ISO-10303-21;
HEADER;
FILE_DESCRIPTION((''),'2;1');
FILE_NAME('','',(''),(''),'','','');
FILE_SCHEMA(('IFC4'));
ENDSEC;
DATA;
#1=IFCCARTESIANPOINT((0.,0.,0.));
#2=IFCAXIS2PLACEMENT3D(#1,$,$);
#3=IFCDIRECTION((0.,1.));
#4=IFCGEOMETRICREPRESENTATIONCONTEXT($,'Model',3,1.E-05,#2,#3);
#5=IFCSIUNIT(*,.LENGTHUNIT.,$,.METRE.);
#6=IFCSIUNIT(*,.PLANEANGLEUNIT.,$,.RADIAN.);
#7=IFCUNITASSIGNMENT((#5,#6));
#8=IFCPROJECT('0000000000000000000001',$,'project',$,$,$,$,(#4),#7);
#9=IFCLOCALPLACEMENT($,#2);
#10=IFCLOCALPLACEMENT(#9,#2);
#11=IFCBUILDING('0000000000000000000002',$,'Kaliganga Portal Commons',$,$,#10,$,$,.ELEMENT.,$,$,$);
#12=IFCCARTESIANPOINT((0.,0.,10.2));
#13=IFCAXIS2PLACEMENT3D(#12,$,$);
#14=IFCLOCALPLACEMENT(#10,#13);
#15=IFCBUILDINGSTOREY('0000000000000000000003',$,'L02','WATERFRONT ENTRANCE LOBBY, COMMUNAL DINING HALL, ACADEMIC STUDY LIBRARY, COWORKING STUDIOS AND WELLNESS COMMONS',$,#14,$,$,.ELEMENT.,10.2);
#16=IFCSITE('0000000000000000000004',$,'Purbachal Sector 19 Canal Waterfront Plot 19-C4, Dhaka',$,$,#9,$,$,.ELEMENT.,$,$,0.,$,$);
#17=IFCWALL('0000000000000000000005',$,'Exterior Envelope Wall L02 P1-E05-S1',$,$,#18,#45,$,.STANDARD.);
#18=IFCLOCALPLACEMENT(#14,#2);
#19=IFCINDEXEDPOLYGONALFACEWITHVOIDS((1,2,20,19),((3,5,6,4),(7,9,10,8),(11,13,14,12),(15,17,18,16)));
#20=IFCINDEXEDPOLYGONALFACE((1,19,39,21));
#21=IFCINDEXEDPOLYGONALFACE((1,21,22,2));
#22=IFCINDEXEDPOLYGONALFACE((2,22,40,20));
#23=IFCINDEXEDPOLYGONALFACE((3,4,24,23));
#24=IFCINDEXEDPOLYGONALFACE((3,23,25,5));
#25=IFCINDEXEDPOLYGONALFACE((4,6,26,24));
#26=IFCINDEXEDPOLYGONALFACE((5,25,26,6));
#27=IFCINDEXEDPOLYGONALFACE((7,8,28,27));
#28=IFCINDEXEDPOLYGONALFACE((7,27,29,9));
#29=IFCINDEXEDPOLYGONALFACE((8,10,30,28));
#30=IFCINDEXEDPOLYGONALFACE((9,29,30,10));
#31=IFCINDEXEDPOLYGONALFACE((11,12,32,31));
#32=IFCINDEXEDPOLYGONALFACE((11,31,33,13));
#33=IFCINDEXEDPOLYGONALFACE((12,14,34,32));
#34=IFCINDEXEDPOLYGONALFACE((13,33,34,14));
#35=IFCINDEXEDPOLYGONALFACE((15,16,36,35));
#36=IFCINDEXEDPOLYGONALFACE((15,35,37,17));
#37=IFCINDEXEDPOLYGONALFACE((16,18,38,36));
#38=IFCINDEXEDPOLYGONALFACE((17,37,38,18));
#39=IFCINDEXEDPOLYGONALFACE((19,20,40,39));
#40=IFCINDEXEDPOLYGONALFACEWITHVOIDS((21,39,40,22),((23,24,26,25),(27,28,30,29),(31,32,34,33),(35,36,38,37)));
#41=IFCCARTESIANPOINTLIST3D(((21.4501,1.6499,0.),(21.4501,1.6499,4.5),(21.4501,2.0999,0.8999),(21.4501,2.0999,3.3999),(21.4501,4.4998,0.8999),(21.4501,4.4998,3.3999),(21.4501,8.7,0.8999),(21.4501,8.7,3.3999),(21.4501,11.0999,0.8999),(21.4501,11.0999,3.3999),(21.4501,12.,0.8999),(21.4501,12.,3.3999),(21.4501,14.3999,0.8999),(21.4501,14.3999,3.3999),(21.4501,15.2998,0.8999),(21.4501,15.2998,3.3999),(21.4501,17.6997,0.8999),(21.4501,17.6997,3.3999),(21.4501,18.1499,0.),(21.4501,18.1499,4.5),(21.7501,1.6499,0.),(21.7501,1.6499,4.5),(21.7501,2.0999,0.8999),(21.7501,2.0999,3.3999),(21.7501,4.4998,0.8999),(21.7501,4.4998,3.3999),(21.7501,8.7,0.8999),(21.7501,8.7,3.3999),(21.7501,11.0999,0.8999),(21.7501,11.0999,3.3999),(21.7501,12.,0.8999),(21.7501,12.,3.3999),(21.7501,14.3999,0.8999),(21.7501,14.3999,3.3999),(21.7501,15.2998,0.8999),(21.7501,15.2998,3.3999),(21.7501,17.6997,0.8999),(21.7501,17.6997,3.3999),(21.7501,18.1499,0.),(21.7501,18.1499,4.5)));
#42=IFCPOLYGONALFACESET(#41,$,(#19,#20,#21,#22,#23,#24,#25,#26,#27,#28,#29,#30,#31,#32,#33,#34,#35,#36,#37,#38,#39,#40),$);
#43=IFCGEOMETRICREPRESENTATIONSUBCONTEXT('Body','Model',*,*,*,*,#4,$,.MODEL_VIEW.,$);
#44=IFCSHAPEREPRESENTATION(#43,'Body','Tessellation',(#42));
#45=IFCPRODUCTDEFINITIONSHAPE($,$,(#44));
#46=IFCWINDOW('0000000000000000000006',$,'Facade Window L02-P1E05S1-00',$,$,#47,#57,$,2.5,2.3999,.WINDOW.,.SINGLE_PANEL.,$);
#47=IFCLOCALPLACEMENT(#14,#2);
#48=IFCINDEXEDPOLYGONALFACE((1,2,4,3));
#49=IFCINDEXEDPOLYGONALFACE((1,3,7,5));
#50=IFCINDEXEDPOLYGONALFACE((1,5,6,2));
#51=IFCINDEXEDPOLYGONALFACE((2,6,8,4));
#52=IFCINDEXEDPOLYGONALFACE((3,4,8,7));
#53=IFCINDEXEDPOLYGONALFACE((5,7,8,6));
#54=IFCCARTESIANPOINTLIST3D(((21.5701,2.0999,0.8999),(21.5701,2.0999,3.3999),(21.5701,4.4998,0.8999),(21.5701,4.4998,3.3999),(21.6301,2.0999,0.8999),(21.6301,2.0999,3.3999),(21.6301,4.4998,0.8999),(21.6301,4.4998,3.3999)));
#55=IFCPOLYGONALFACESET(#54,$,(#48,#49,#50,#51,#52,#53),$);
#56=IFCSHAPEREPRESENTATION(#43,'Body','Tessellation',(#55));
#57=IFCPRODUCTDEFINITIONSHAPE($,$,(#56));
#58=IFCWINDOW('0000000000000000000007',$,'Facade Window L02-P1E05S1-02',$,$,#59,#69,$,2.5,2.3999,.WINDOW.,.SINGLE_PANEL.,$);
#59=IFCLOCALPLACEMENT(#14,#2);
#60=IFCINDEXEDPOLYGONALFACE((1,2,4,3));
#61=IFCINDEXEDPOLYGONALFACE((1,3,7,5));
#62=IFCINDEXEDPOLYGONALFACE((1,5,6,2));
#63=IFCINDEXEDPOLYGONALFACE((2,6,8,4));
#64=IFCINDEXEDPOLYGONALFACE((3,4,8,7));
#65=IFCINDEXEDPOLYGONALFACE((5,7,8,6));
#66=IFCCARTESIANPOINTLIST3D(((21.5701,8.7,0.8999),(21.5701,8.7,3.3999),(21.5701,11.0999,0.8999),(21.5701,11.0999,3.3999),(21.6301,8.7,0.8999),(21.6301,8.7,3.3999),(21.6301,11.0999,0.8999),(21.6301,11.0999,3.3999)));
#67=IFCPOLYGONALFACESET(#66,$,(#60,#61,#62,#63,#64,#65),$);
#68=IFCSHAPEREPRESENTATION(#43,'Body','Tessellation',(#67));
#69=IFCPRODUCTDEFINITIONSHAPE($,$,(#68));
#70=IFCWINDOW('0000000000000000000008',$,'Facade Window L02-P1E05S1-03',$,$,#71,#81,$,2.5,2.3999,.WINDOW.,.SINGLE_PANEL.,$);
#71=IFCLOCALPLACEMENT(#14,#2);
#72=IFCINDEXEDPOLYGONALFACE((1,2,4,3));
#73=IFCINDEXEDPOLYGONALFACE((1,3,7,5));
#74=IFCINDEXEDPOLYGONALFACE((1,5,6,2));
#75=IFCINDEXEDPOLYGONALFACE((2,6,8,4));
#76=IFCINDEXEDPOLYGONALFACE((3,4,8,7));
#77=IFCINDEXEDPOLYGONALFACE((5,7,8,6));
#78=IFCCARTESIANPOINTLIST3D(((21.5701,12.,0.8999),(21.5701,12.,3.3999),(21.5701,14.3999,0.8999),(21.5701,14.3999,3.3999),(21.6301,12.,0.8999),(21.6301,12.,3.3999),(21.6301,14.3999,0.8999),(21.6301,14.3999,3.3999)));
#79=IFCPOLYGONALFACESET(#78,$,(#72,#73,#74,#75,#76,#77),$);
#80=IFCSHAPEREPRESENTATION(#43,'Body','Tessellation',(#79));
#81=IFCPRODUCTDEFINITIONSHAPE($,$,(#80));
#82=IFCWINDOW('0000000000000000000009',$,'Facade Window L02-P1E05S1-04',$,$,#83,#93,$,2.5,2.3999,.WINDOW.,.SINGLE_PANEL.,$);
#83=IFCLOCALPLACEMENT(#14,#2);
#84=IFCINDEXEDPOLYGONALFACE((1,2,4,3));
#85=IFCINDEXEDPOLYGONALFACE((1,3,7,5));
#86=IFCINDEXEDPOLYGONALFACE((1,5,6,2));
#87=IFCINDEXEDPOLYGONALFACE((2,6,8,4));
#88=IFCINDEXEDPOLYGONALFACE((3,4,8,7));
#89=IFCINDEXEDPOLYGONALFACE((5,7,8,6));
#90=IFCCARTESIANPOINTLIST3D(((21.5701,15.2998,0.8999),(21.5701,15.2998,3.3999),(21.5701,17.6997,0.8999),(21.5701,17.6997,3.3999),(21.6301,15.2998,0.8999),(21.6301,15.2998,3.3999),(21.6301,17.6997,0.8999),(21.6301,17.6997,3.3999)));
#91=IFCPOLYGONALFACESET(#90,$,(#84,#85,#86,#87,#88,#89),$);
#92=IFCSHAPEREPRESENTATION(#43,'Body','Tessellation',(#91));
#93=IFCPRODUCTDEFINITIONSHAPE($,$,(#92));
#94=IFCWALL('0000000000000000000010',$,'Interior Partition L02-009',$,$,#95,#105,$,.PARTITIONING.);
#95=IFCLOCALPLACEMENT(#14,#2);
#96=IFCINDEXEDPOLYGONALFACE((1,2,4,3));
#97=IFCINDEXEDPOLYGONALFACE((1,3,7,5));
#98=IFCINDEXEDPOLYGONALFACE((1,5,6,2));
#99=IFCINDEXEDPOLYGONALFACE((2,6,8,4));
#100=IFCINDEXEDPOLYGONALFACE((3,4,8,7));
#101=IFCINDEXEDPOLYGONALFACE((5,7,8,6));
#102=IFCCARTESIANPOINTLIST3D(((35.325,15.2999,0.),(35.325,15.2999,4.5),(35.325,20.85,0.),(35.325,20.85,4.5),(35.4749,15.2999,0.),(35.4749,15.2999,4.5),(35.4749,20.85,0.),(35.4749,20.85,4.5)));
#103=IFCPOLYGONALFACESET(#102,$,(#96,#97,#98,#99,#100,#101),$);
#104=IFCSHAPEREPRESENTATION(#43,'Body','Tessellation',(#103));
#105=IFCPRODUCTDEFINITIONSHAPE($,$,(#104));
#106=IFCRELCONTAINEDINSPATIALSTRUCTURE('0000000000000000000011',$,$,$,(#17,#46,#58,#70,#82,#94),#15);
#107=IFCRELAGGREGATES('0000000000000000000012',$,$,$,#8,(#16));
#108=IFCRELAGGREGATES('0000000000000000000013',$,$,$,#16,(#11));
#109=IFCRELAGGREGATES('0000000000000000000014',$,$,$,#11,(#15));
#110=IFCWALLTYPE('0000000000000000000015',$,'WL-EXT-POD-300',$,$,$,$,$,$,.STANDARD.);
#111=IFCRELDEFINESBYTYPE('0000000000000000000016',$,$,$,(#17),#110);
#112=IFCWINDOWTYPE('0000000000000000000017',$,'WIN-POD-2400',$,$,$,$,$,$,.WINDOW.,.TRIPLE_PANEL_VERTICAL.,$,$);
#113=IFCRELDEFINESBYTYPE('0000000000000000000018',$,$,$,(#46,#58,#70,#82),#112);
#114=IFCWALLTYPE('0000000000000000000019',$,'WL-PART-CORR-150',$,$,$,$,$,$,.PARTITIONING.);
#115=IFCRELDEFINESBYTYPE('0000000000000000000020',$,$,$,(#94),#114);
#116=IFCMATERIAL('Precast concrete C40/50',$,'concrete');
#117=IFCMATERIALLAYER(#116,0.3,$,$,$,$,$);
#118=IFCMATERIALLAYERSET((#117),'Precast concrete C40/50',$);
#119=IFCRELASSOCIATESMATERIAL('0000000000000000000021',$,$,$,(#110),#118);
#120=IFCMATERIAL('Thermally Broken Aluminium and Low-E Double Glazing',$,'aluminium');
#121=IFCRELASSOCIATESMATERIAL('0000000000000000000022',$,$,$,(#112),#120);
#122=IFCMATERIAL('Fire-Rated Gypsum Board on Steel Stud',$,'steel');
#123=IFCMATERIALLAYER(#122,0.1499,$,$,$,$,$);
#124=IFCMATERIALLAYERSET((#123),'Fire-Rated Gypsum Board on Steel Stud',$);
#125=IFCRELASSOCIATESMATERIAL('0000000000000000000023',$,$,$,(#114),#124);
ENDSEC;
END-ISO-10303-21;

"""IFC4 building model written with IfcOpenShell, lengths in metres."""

from ifc_helpers import new_model, si_unit, direction, frame, frame_2d, origin, place, context, subcontext, project, spatial, rectangle, extrude, material, layer, layer_set, type_object, element, fill, save


model = new_model("IFC4")

# Units and contexts
model_context = context("Model", 3, precision=1e-05, world=origin(), true_north=direction((0.0, 1.0)))
body_context = subcontext(model_context, "Body", "Model", "MODEL_VIEW")
ifc_project = project(units=[si_unit("LENGTHUNIT", "METRE"), si_unit("PLANEANGLEUNIT", "RADIAN")], contexts=[model_context])

# Site, building, storey
site_placement = place(None, origin())
site = spatial("IfcSite", under=ifc_project, at=site_placement, Name="Purbachal Sector 19 Canal Waterfront Plot 19-C4, Dhaka", CompositionType="ELEMENT", RefElevation=0.0)
building_placement = place(site_placement, origin())
building = spatial("IfcBuilding", under=site, at=building_placement, Name="Kaliganga Portal Commons", CompositionType="ELEMENT")
storey_placement = place(building_placement, frame((0.0, 0.0, 10.2)))
storey = spatial("IfcBuildingStorey", under=building, at=storey_placement, Name="L02", Description="WATERFRONT ENTRANCE LOBBY, COMMUNAL DINING HALL, ACADEMIC STUDY LIBRARY, COWORKING STUDIOS AND WELLNESS COMMONS", CompositionType="ELEMENT", Elevation=10.2)

# Shared definitions
ifc_material_1 = material(Name="Precast concrete C40/50", Category="concrete")
ifc_layer_1 = layer(ifc_material_1, 0.3)
ifc_layer_set_1 = layer_set([ifc_layer_1], Name="Precast concrete C40/50")
wall_type_1 = type_object("IfcWallType", Name="WL-EXT-POD-300", PredefinedType="STANDARD", material=ifc_layer_set_1)

# Shared definitions
ifc_material_2 = material(Name="Thermally Broken Aluminium and Low-E Double Glazing", Category="aluminium")
window_type = type_object("IfcWindowType", Name="WIN-POD-2400", PartitioningType="TRIPLE_PANEL_VERTICAL", PredefinedType="WINDOW", material=ifc_material_2)

# Wall, openings, windows
wall_1_placement = place(storey_placement, frame((21.6001, 1.6499, 0.0), z_axis=(0.0, 0.0, 1.0), x_axis=(0.0, 1.0, 0.0)))
wall_1 = element("IfcWall", 1, at=wall_1_placement, inside=storey, type_object=wall_type_1, Name="Exterior Envelope Wall L02 P1-E05-S1", PredefinedType="STANDARD", context=body_context, shape_type="SweptSolid", body=[
    extrude(rectangle(XDim=16.5, YDim=0.3, at=frame_2d((8.25, 0.0))), origin(), (0.0, 0.0, 1.0), 4.5),
])
opening_1_placement = place(wall_1_placement, frame((0.45, 0.0, 0.8999)))
opening_1 = element("IfcOpeningElement", 2, at=opening_1_placement, cuts=wall_1, PredefinedType="OPENING", context=body_context, shape_type="SweptSolid", body=[
    extrude(rectangle(XDim=2.3999, YDim=2.5, at=frame_2d((1.2, 1.25))), frame((0.0, 0.1602, 0.0), z_axis=(0.0, -1.0, 0.0), x_axis=(1.0, 0.0, 0.0)), (0.0, 0.0, 1.0), 0.3201),
])
opening_2_placement = place(wall_1_placement, frame((7.05, 0.0, 0.8999)))
opening_2 = element("IfcOpeningElement", 3, at=opening_2_placement, cuts=wall_1, PredefinedType="OPENING", context=body_context, shape_type="SweptSolid", body=[
    extrude(rectangle(XDim=2.3999, YDim=2.5, at=frame_2d((1.2, 1.25))), frame((0.0, 0.1602, 0.0), z_axis=(0.0, -1.0, 0.0), x_axis=(1.0, 0.0, 0.0)), (0.0, 0.0, 1.0), 0.3201),
])
opening_3_placement = place(wall_1_placement, frame((10.3501, 0.0, 0.8999)))
opening_3 = element("IfcOpeningElement", 4, at=opening_3_placement, cuts=wall_1, PredefinedType="OPENING", context=body_context, shape_type="SweptSolid", body=[
    extrude(rectangle(XDim=2.3999, YDim=2.5, at=frame_2d((1.2, 1.25))), frame((0.0, 0.1602, 0.0), z_axis=(0.0, -1.0, 0.0), x_axis=(1.0, 0.0, 0.0)), (0.0, 0.0, 1.0), 0.3201),
])
opening_4_placement = place(wall_1_placement, frame((13.6499, 0.0, 0.8999)))
opening_4 = element("IfcOpeningElement", 5, at=opening_4_placement, cuts=wall_1, PredefinedType="OPENING", context=body_context, shape_type="SweptSolid", body=[
    extrude(rectangle(XDim=2.3999, YDim=2.5, at=frame_2d((1.2, 1.25))), frame((0.0, 0.1602, 0.0), z_axis=(0.0, -1.0, 0.0), x_axis=(1.0, 0.0, 0.0)), (0.0, 0.0, 1.0), 0.3201),
])
window_1_placement = place(opening_1_placement, origin())
window_1 = element("IfcWindow", 6, at=window_1_placement, inside=storey, type_object=window_type, Name="Facade Window L02-P1E05S1-00", OverallHeight=2.5, OverallWidth=2.3999, PartitioningType="SINGLE_PANEL", PredefinedType="WINDOW", context=body_context, shape_type="SweptSolid", body=[
    extrude(rectangle(XDim=2.3999, YDim=2.5, at=frame_2d((1.2, 1.25))), frame((0.0, 0.03, 0.0), z_axis=(0.0, -1.0, 0.0), x_axis=(1.0, 0.0, 0.0)), (0.0, 0.0, 1.0), 0.0601),
])
fill(opening_1, window_1)
window_2_placement = place(opening_2_placement, origin())
window_2 = element("IfcWindow", 7, at=window_2_placement, inside=storey, type_object=window_type, Name="Facade Window L02-P1E05S1-02", OverallHeight=2.5, OverallWidth=2.3999, PartitioningType="SINGLE_PANEL", PredefinedType="WINDOW", context=body_context, shape_type="SweptSolid", body=[
    extrude(rectangle(XDim=2.3999, YDim=2.5, at=frame_2d((1.2, 1.25))), frame((0.0, 0.03, 0.0), z_axis=(0.0, -1.0, 0.0), x_axis=(1.0, 0.0, 0.0)), (0.0, 0.0, 1.0), 0.0601),
])
fill(opening_2, window_2)
window_3_placement = place(opening_3_placement, origin())
window_3 = element("IfcWindow", 8, at=window_3_placement, inside=storey, type_object=window_type, Name="Facade Window L02-P1E05S1-03", OverallHeight=2.5, OverallWidth=2.3999, PartitioningType="SINGLE_PANEL", PredefinedType="WINDOW", context=body_context, shape_type="SweptSolid", body=[
    extrude(rectangle(XDim=2.3999, YDim=2.5, at=frame_2d((1.2, 1.25))), frame((0.0, 0.03, 0.0), z_axis=(0.0, -1.0, 0.0), x_axis=(1.0, 0.0, 0.0)), (0.0, 0.0, 1.0), 0.0601),
])
fill(opening_3, window_3)
window_4_placement = place(opening_4_placement, origin())
window_4 = element("IfcWindow", 9, at=window_4_placement, inside=storey, type_object=window_type, Name="Facade Window L02-P1E05S1-04", OverallHeight=2.5, OverallWidth=2.3999, PartitioningType="SINGLE_PANEL", PredefinedType="WINDOW", context=body_context, shape_type="SweptSolid", body=[
    extrude(rectangle(XDim=2.3999, YDim=2.5, at=frame_2d((1.2, 1.25))), frame((0.0, 0.03, 0.0), z_axis=(0.0, -1.0, 0.0), x_axis=(1.0, 0.0, 0.0)), (0.0, 0.0, 1.0), 0.0601),
])
fill(opening_4, window_4)

# Wall
ifc_material_3 = material(Name="Fire-Rated Gypsum Board on Steel Stud", Category="steel")
ifc_layer_2 = layer(ifc_material_3, 0.1499)
ifc_layer_set_2 = layer_set([ifc_layer_2], Name="Fire-Rated Gypsum Board on Steel Stud")
wall_type_2 = type_object("IfcWallType", Name="WL-PART-CORR-150", PredefinedType="PARTITIONING", material=ifc_layer_set_2)
wall_2_placement = place(storey_placement, frame((35.3999, 15.3, 0.0), z_axis=(0.0, 0.0, 1.0), x_axis=(0.0, 1.0, 0.0)))
element("IfcWall", 10, at=wall_2_placement, inside=storey, type_object=wall_type_2, Name="Interior Partition L02-009", PredefinedType="PARTITIONING", context=body_context, shape_type="SweptSolid", body=[
    extrude(rectangle(XDim=5.55, YDim=0.1499, at=frame_2d((2.7749, 0.0))), origin(), (0.0, 0.0, 1.0), 4.5),
])

save(model, "model.ifc")
